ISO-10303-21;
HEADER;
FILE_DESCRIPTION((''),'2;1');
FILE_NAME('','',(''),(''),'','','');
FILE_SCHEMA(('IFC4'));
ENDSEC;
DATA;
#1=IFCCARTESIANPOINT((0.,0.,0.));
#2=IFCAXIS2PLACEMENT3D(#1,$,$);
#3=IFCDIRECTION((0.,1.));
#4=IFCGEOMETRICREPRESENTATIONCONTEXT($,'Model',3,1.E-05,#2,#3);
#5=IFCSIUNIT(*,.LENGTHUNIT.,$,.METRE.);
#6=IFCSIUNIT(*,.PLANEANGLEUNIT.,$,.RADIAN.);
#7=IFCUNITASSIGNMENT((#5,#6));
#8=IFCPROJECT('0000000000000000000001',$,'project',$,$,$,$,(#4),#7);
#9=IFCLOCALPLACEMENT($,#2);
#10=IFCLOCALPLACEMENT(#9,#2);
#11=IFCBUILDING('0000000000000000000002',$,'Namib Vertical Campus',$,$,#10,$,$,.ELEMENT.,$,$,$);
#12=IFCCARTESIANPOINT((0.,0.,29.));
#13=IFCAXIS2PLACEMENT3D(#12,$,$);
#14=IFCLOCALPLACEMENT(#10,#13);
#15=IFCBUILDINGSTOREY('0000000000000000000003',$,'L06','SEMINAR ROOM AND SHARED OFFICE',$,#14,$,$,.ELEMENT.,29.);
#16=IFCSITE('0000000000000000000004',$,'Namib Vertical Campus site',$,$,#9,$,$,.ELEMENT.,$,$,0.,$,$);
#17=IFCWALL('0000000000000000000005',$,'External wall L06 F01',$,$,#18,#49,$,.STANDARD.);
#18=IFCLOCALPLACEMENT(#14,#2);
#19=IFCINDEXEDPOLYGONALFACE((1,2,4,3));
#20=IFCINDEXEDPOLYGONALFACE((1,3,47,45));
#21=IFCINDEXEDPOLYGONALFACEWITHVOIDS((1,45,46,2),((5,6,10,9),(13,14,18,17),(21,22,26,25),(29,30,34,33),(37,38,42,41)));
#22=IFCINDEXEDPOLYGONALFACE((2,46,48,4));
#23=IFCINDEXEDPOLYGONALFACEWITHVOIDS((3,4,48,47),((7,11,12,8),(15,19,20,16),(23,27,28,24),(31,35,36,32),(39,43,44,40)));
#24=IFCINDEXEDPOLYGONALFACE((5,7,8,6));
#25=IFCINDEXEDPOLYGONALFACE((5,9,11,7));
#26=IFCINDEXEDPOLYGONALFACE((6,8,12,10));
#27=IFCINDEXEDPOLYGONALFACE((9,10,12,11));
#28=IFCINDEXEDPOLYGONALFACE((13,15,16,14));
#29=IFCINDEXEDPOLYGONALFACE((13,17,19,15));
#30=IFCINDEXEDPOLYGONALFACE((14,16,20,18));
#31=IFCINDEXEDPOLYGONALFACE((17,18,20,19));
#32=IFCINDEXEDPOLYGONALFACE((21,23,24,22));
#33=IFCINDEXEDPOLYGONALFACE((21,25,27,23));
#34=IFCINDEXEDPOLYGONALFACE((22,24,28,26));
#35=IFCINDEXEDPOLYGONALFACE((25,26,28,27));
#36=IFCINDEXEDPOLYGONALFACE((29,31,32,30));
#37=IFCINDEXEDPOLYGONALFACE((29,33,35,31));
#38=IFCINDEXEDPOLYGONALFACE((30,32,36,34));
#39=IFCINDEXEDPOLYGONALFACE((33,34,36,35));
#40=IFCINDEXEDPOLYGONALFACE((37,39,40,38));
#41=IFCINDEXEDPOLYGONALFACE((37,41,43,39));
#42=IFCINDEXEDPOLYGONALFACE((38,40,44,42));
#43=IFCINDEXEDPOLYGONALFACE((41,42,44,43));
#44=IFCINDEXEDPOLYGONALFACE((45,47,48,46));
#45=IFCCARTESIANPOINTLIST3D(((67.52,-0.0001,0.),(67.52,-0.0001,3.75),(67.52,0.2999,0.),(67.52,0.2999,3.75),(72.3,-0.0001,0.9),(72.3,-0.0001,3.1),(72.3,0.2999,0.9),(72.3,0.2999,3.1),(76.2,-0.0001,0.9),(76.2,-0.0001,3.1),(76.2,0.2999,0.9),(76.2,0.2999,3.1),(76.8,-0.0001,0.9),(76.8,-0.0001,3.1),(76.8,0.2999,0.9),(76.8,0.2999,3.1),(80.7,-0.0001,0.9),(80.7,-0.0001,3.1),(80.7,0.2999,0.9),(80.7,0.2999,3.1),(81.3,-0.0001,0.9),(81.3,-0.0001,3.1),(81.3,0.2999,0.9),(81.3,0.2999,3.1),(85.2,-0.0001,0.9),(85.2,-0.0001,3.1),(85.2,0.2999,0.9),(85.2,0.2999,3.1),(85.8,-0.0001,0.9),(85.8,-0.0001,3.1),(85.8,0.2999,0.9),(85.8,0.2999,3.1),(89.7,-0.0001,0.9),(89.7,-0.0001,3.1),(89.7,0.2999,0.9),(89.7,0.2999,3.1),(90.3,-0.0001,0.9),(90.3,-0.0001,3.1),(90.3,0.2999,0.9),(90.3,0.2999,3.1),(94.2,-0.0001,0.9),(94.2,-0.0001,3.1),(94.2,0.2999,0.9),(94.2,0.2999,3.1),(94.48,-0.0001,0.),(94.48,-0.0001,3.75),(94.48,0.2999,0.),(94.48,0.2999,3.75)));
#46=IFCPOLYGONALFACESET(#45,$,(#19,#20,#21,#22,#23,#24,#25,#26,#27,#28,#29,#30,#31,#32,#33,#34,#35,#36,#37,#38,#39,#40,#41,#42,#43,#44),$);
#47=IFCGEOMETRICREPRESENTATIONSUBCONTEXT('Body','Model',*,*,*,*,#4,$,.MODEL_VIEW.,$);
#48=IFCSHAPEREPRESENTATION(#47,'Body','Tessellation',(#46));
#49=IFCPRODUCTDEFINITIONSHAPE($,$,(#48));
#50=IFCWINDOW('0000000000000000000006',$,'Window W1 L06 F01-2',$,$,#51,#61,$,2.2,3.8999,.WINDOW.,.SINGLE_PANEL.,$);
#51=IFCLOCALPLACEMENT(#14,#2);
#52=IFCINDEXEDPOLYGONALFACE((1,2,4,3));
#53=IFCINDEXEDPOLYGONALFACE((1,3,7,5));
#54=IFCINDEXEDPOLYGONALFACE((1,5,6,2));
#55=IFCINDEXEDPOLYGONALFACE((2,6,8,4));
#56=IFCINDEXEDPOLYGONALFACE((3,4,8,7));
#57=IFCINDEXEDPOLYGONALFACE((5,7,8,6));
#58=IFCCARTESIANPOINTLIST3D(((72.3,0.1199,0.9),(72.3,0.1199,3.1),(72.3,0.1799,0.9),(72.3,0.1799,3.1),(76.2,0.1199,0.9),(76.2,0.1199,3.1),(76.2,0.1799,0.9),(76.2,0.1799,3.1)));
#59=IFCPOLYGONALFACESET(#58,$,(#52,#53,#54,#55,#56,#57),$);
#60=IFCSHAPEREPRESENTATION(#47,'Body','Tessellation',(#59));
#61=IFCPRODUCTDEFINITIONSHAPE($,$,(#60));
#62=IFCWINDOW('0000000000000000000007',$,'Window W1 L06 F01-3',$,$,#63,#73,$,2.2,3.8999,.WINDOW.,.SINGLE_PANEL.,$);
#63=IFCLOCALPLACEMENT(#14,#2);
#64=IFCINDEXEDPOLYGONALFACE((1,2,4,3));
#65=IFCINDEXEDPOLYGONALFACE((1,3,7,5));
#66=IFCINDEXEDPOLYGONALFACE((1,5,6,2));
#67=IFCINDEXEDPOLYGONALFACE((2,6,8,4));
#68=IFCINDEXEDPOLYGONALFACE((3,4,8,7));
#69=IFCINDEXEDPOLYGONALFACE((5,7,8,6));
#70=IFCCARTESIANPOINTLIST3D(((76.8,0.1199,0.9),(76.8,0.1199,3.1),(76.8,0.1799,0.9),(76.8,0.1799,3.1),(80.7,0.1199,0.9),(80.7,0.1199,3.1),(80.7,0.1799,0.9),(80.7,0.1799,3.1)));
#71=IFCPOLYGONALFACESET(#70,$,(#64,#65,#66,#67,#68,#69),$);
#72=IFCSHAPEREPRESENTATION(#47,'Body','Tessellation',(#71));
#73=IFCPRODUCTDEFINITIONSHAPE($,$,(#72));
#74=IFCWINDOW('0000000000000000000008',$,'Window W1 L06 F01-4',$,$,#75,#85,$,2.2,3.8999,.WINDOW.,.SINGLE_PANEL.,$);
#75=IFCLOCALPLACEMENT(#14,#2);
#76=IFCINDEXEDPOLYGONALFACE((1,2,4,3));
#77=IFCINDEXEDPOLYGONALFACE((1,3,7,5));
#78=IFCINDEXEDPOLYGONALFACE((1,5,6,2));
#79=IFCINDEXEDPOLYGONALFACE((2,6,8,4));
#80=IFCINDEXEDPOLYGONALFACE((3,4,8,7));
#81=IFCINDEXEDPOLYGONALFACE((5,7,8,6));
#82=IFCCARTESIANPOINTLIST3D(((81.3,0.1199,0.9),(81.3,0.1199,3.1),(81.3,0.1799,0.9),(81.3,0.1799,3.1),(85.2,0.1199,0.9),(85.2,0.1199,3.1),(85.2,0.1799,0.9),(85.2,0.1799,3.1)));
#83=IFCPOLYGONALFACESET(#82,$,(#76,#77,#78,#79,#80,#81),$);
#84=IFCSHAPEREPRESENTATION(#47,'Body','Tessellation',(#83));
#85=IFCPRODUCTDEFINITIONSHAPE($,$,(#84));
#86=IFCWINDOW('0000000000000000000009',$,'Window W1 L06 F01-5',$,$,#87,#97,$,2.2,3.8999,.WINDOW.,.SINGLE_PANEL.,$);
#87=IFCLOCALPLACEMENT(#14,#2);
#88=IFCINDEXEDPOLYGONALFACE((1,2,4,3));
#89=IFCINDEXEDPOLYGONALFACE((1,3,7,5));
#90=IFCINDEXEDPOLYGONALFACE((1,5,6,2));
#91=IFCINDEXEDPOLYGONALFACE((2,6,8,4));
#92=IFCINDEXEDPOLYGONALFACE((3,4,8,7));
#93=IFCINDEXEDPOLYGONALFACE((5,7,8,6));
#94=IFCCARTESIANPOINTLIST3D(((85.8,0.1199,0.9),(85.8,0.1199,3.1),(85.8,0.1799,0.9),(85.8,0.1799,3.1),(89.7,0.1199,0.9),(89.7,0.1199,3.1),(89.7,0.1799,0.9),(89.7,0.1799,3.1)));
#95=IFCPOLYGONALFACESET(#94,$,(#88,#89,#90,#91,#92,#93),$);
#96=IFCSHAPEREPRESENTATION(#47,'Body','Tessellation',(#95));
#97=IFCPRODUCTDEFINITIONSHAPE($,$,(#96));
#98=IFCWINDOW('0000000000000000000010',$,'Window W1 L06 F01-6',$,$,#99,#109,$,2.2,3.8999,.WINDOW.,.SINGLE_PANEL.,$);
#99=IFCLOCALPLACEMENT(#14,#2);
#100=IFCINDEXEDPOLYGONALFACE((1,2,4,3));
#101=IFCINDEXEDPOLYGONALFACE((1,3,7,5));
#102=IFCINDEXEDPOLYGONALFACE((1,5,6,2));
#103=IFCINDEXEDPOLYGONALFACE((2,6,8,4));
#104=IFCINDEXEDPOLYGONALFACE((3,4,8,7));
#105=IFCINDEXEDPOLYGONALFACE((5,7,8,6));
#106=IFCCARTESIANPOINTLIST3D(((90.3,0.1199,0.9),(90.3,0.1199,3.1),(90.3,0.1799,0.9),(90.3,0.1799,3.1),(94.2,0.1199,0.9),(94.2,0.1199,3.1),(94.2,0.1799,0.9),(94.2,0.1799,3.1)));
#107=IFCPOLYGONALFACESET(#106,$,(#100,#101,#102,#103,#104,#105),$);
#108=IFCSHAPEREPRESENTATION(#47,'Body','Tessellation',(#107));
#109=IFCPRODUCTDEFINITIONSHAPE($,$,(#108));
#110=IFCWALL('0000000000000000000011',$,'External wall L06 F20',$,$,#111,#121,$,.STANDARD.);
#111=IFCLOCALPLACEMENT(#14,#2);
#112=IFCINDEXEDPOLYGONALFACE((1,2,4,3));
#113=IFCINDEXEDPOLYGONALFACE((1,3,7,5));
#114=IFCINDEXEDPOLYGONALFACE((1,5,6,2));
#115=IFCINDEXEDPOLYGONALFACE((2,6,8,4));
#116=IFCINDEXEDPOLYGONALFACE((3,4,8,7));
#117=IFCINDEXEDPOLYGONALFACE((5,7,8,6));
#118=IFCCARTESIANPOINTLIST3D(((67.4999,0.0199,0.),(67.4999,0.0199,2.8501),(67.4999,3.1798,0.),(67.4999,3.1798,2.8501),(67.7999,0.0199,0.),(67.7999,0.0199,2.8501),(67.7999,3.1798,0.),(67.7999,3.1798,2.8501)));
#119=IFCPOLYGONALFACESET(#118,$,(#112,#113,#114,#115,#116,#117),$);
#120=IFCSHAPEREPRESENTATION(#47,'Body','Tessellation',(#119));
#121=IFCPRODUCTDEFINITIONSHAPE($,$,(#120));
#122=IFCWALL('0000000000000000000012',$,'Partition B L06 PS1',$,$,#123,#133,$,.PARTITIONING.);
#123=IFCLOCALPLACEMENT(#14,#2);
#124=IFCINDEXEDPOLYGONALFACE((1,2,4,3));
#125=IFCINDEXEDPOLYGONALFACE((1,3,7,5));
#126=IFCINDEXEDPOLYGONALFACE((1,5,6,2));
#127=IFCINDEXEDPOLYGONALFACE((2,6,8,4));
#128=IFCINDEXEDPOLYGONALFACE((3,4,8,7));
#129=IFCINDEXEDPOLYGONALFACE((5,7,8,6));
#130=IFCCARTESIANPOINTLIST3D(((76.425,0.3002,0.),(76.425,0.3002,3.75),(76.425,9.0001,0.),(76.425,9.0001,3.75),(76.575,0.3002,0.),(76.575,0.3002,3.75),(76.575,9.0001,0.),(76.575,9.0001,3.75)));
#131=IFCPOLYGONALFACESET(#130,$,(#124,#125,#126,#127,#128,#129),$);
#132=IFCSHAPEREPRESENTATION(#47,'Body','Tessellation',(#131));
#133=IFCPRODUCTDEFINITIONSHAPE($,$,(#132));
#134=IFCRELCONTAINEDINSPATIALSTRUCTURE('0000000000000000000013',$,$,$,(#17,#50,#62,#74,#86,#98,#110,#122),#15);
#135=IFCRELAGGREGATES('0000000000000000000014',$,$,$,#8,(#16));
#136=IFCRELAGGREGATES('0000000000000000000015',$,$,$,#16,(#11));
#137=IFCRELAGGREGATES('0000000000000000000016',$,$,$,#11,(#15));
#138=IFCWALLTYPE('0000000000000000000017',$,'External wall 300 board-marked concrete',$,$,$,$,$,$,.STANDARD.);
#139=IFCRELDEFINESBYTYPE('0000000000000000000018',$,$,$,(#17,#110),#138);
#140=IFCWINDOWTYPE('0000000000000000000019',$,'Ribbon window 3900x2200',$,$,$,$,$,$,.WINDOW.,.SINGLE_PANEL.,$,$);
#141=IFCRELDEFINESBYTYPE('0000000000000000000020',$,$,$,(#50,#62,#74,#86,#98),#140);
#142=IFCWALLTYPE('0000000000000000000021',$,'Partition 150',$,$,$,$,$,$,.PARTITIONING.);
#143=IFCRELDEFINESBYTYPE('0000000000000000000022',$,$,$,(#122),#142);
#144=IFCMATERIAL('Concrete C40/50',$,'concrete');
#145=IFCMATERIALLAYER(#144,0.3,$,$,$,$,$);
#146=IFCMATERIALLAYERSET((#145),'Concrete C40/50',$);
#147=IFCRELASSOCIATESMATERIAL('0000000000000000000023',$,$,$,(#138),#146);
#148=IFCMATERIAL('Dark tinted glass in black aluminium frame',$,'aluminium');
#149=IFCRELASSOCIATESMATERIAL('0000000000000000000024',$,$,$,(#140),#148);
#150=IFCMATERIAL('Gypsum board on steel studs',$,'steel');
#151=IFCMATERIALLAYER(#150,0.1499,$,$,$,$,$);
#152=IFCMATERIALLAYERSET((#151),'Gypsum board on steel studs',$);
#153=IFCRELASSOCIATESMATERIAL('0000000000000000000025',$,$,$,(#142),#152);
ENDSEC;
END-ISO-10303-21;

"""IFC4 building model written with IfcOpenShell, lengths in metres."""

from ifc_helpers import new_model, si_unit, direction, frame, frame_2d, origin, place, context, subcontext, project, spatial, rectangle, extrude, material, layer, layer_set, type_object, element, fill, save


model = new_model("IFC4")

# Units and contexts
model_context = context("Model", 3, precision=1e-05, world=origin(), true_north=direction((0.0, 1.0)))
body_context = subcontext(model_context, "Body", "Model", "MODEL_VIEW")
ifc_project = project(units=[si_unit("LENGTHUNIT", "METRE"), si_unit("PLANEANGLEUNIT", "RADIAN")], contexts=[model_context])

# Site, building, storey
site_placement = place(None, origin())
site = spatial("IfcSite", under=ifc_project, at=site_placement, Name="Namib Vertical Campus site", CompositionType="ELEMENT", RefElevation=0.0)
building_placement = place(site_placement, origin())
building = spatial("IfcBuilding", under=site, at=building_placement, Name="Namib Vertical Campus", CompositionType="ELEMENT")
storey_placement = place(building_placement, frame((0.0, 0.0, 29.0)))
storey = spatial("IfcBuildingStorey", under=building, at=storey_placement, Name="L06", Description="SEMINAR ROOM AND SHARED OFFICE", CompositionType="ELEMENT", Elevation=29.0)

# Wall, openings, windows
ifc_material_1 = material(Name="Concrete C40/50", Category="concrete")
ifc_layer_1 = layer(ifc_material_1, 0.3)
ifc_layer_set_1 = layer_set([ifc_layer_1], Name="Concrete C40/50")
wall_type_1 = type_object("IfcWallType", Name="External wall 300 board-marked concrete", PredefinedType="STANDARD", material=ifc_layer_set_1)
wall_1_placement = place(storey_placement, frame((67.52, 0.1499, 0.0), z_axis=(0.0, 0.0, 1.0), x_axis=(1.0, 0.0, 0.0)))
wall_1 = element("IfcWall", 1, at=wall_1_placement, inside=storey, type_object=wall_type_1, Name="External wall L06 F01", PredefinedType="STANDARD", context=body_context, shape_type="SweptSolid", body=[
    extrude(rectangle(XDim=26.96, YDim=0.3, at=frame_2d((13.48, 0.0))), origin(), (0.0, 0.0, 1.0), 3.75),
])
opening_1_placement = place(wall_1_placement, frame((4.78, 0.0, 0.8999)))
opening_1 = element("IfcOpeningElement", 2, at=opening_1_placement, cuts=wall_1, PredefinedType="OPENING", context=body_context, shape_type="SweptSolid", body=[
    extrude(rectangle(XDim=3.8999, YDim=2.2, at=frame_2d((1.95, 1.1001))), frame((0.0, 0.1599, 0.0), z_axis=(0.0, -1.0, 0.0), x_axis=(1.0, 0.0, 0.0)), (0.0, 0.0, 1.0), 0.3201),
])
opening_2_placement = place(wall_1_placement, frame((9.28, 0.0, 0.8999)))
opening_2 = element("IfcOpeningElement", 3, at=opening_2_placement, cuts=wall_1, PredefinedType="OPENING", context=body_context, shape_type="SweptSolid", body=[
    extrude(rectangle(XDim=3.8999, YDim=2.2, at=frame_2d((1.95, 1.1001))), frame((0.0, 0.1599, 0.0), z_axis=(0.0, -1.0, 0.0), x_axis=(1.0, 0.0, 0.0)), (0.0, 0.0, 1.0), 0.3201),
])
opening_3_placement = place(wall_1_placement, frame((13.78, 0.0, 0.8999)))
opening_3 = element("IfcOpeningElement", 4, at=opening_3_placement, cuts=wall_1, PredefinedType="OPENING", context=body_context, shape_type="SweptSolid", body=[
    extrude(rectangle(XDim=3.8999, YDim=2.2, at=frame_2d((1.95, 1.1001))), frame((0.0, 0.1599, 0.0), z_axis=(0.0, -1.0, 0.0), x_axis=(1.0, 0.0, 0.0)), (0.0, 0.0, 1.0), 0.3201),
])
opening_4_placement = place(wall_1_placement, frame((18.28, 0.0, 0.8999)))
opening_4 = element("IfcOpeningElement", 5, at=opening_4_placement, cuts=wall_1, PredefinedType="OPENING", context=body_context, shape_type="SweptSolid", body=[
    extrude(rectangle(XDim=3.8999, YDim=2.2, at=frame_2d((1.95, 1.1001))), frame((0.0, 0.1599, 0.0), z_axis=(0.0, -1.0, 0.0), x_axis=(1.0, 0.0, 0.0)), (0.0, 0.0, 1.0), 0.3201),
])
opening_5_placement = place(wall_1_placement, frame((22.78, 0.0, 0.8999)))
opening_5 = element("IfcOpeningElement", 6, at=opening_5_placement, cuts=wall_1, PredefinedType="OPENING", context=body_context, shape_type="SweptSolid", body=[
    extrude(rectangle(XDim=3.8999, YDim=2.2, at=frame_2d((1.95, 1.1001))), frame((0.0, 0.1599, 0.0), z_axis=(0.0, -1.0, 0.0), x_axis=(1.0, 0.0, 0.0)), (0.0, 0.0, 1.0), 0.3201),
])
ifc_material_2 = material(Name="Dark tinted glass in black aluminium frame", Category="aluminium")
window_type = type_object("IfcWindowType", Name="Ribbon window 3900x2200", PartitioningType="SINGLE_PANEL", PredefinedType="WINDOW", material=ifc_material_2)
window_1_placement = place(opening_1_placement, origin())
window_1 = element("IfcWindow", 7, at=window_1_placement, inside=storey, type_object=window_type, Name="Window W1 L06 F01-2", OverallHeight=2.2, OverallWidth=3.8999, PartitioningType="SINGLE_PANEL", PredefinedType="WINDOW", context=body_context, shape_type="SweptSolid", body=[
    extrude(rectangle(XDim=3.8999, YDim=2.2, at=frame_2d((1.95, 1.1001))), frame((0.0, 0.03, 0.0), z_axis=(0.0, -1.0, 0.0), x_axis=(1.0, 0.0, 0.0)), (0.0, 0.0, 1.0), 0.0601),
])
fill(opening_1, window_1)
window_2_placement = place(opening_2_placement, origin())
window_2 = element("IfcWindow", 8, at=window_2_placement, inside=storey, type_object=window_type, Name="Window W1 L06 F01-3", OverallHeight=2.2, OverallWidth=3.8999, PartitioningType="SINGLE_PANEL", PredefinedType="WINDOW", context=body_context, shape_type="SweptSolid", body=[
    extrude(rectangle(XDim=3.8999, YDim=2.2, at=frame_2d((1.95, 1.1001))), frame((0.0, 0.03, 0.0), z_axis=(0.0, -1.0, 0.0), x_axis=(1.0, 0.0, 0.0)), (0.0, 0.0, 1.0), 0.0601),
])
fill(opening_2, window_2)
window_3_placement = place(opening_3_placement, origin())
window_3 = element("IfcWindow", 9, at=window_3_placement, inside=storey, type_object=window_type, Name="Window W1 L06 F01-4", OverallHeight=2.2, OverallWidth=3.8999, PartitioningType="SINGLE_PANEL", PredefinedType="WINDOW", context=body_context, shape_type="SweptSolid", body=[
    extrude(rectangle(XDim=3.8999, YDim=2.2, at=frame_2d((1.95, 1.1001))), frame((0.0, 0.03, 0.0), z_axis=(0.0, -1.0, 0.0), x_axis=(1.0, 0.0, 0.0)), (0.0, 0.0, 1.0), 0.0601),
])
fill(opening_3, window_3)
window_4_placement = place(opening_4_placement, origin())
window_4 = element("IfcWindow", 10, at=window_4_placement, inside=storey, type_object=window_type, Name="Window W1 L06 F01-5", OverallHeight=2.2, OverallWidth=3.8999, PartitioningType="SINGLE_PANEL", PredefinedType="WINDOW", context=body_context, shape_type="SweptSolid", body=[
    extrude(rectangle(XDim=3.8999, YDim=2.2, at=frame_2d((1.95, 1.1001))), frame((0.0, 0.03, 0.0), z_axis=(0.0, -1.0, 0.0), x_axis=(1.0, 0.0, 0.0)), (0.0, 0.0, 1.0), 0.0601),
])
fill(opening_4, window_4)
window_5_placement = place(opening_5_placement, origin())
window_5 = element("IfcWindow", 11, at=window_5_placement, inside=storey, type_object=window_type, Name="Window W1 L06 F01-6", OverallHeight=2.2, OverallWidth=3.8999, PartitioningType="SINGLE_PANEL", PredefinedType="WINDOW", context=body_context, shape_type="SweptSolid", body=[
    extrude(rectangle(XDim=3.8999, YDim=2.2, at=frame_2d((1.95, 1.1001))), frame((0.0, 0.03, 0.0), z_axis=(0.0, -1.0, 0.0), x_axis=(1.0, 0.0, 0.0)), (0.0, 0.0, 1.0), 0.0601),
])
fill(opening_5, window_5)

# Walls
wall_2_placement = place(storey_placement, frame((67.6499, 3.1799, 0.0), z_axis=(0.0, 0.0, 1.0), x_axis=(0.0, -1.0, 0.0)))
element("IfcWall", 12, at=wall_2_placement, inside=storey, type_object=wall_type_1, Name="External wall L06 F20", PredefinedType="STANDARD", context=body_context, shape_type="SweptSolid", body=[
    extrude(rectangle(XDim=3.1599, YDim=0.3, at=frame_2d((1.5801, 0.0))), origin(), (0.0, 0.0, 1.0), 2.8501),
])
ifc_material_3 = material(Name="Gypsum board on steel studs", Category="steel")
ifc_layer_2 = layer(ifc_material_3, 0.1499)
ifc_layer_set_2 = layer_set([ifc_layer_2], Name="Gypsum board on steel studs")
wall_type_2 = type_object("IfcWallType", Name="Partition 150", PredefinedType="PARTITIONING", material=ifc_layer_set_2)
wall_3_placement = place(storey_placement, frame((76.5, 0.3, 0.0), z_axis=(0.0, 0.0, 1.0), x_axis=(0.0, 1.0, 0.0)))
element("IfcWall", 13, at=wall_3_placement, inside=storey, type_object=wall_type_2, Name="Partition B L06 PS1", PredefinedType="PARTITIONING", context=body_context, shape_type="SweptSolid", body=[
    extrude(rectangle(XDim=8.7, YDim=0.1499, at=frame_2d((4.3501, 0.0))), origin(), (0.0, 0.0, 1.0), 3.75),
])

save(model, "model.ifc")
